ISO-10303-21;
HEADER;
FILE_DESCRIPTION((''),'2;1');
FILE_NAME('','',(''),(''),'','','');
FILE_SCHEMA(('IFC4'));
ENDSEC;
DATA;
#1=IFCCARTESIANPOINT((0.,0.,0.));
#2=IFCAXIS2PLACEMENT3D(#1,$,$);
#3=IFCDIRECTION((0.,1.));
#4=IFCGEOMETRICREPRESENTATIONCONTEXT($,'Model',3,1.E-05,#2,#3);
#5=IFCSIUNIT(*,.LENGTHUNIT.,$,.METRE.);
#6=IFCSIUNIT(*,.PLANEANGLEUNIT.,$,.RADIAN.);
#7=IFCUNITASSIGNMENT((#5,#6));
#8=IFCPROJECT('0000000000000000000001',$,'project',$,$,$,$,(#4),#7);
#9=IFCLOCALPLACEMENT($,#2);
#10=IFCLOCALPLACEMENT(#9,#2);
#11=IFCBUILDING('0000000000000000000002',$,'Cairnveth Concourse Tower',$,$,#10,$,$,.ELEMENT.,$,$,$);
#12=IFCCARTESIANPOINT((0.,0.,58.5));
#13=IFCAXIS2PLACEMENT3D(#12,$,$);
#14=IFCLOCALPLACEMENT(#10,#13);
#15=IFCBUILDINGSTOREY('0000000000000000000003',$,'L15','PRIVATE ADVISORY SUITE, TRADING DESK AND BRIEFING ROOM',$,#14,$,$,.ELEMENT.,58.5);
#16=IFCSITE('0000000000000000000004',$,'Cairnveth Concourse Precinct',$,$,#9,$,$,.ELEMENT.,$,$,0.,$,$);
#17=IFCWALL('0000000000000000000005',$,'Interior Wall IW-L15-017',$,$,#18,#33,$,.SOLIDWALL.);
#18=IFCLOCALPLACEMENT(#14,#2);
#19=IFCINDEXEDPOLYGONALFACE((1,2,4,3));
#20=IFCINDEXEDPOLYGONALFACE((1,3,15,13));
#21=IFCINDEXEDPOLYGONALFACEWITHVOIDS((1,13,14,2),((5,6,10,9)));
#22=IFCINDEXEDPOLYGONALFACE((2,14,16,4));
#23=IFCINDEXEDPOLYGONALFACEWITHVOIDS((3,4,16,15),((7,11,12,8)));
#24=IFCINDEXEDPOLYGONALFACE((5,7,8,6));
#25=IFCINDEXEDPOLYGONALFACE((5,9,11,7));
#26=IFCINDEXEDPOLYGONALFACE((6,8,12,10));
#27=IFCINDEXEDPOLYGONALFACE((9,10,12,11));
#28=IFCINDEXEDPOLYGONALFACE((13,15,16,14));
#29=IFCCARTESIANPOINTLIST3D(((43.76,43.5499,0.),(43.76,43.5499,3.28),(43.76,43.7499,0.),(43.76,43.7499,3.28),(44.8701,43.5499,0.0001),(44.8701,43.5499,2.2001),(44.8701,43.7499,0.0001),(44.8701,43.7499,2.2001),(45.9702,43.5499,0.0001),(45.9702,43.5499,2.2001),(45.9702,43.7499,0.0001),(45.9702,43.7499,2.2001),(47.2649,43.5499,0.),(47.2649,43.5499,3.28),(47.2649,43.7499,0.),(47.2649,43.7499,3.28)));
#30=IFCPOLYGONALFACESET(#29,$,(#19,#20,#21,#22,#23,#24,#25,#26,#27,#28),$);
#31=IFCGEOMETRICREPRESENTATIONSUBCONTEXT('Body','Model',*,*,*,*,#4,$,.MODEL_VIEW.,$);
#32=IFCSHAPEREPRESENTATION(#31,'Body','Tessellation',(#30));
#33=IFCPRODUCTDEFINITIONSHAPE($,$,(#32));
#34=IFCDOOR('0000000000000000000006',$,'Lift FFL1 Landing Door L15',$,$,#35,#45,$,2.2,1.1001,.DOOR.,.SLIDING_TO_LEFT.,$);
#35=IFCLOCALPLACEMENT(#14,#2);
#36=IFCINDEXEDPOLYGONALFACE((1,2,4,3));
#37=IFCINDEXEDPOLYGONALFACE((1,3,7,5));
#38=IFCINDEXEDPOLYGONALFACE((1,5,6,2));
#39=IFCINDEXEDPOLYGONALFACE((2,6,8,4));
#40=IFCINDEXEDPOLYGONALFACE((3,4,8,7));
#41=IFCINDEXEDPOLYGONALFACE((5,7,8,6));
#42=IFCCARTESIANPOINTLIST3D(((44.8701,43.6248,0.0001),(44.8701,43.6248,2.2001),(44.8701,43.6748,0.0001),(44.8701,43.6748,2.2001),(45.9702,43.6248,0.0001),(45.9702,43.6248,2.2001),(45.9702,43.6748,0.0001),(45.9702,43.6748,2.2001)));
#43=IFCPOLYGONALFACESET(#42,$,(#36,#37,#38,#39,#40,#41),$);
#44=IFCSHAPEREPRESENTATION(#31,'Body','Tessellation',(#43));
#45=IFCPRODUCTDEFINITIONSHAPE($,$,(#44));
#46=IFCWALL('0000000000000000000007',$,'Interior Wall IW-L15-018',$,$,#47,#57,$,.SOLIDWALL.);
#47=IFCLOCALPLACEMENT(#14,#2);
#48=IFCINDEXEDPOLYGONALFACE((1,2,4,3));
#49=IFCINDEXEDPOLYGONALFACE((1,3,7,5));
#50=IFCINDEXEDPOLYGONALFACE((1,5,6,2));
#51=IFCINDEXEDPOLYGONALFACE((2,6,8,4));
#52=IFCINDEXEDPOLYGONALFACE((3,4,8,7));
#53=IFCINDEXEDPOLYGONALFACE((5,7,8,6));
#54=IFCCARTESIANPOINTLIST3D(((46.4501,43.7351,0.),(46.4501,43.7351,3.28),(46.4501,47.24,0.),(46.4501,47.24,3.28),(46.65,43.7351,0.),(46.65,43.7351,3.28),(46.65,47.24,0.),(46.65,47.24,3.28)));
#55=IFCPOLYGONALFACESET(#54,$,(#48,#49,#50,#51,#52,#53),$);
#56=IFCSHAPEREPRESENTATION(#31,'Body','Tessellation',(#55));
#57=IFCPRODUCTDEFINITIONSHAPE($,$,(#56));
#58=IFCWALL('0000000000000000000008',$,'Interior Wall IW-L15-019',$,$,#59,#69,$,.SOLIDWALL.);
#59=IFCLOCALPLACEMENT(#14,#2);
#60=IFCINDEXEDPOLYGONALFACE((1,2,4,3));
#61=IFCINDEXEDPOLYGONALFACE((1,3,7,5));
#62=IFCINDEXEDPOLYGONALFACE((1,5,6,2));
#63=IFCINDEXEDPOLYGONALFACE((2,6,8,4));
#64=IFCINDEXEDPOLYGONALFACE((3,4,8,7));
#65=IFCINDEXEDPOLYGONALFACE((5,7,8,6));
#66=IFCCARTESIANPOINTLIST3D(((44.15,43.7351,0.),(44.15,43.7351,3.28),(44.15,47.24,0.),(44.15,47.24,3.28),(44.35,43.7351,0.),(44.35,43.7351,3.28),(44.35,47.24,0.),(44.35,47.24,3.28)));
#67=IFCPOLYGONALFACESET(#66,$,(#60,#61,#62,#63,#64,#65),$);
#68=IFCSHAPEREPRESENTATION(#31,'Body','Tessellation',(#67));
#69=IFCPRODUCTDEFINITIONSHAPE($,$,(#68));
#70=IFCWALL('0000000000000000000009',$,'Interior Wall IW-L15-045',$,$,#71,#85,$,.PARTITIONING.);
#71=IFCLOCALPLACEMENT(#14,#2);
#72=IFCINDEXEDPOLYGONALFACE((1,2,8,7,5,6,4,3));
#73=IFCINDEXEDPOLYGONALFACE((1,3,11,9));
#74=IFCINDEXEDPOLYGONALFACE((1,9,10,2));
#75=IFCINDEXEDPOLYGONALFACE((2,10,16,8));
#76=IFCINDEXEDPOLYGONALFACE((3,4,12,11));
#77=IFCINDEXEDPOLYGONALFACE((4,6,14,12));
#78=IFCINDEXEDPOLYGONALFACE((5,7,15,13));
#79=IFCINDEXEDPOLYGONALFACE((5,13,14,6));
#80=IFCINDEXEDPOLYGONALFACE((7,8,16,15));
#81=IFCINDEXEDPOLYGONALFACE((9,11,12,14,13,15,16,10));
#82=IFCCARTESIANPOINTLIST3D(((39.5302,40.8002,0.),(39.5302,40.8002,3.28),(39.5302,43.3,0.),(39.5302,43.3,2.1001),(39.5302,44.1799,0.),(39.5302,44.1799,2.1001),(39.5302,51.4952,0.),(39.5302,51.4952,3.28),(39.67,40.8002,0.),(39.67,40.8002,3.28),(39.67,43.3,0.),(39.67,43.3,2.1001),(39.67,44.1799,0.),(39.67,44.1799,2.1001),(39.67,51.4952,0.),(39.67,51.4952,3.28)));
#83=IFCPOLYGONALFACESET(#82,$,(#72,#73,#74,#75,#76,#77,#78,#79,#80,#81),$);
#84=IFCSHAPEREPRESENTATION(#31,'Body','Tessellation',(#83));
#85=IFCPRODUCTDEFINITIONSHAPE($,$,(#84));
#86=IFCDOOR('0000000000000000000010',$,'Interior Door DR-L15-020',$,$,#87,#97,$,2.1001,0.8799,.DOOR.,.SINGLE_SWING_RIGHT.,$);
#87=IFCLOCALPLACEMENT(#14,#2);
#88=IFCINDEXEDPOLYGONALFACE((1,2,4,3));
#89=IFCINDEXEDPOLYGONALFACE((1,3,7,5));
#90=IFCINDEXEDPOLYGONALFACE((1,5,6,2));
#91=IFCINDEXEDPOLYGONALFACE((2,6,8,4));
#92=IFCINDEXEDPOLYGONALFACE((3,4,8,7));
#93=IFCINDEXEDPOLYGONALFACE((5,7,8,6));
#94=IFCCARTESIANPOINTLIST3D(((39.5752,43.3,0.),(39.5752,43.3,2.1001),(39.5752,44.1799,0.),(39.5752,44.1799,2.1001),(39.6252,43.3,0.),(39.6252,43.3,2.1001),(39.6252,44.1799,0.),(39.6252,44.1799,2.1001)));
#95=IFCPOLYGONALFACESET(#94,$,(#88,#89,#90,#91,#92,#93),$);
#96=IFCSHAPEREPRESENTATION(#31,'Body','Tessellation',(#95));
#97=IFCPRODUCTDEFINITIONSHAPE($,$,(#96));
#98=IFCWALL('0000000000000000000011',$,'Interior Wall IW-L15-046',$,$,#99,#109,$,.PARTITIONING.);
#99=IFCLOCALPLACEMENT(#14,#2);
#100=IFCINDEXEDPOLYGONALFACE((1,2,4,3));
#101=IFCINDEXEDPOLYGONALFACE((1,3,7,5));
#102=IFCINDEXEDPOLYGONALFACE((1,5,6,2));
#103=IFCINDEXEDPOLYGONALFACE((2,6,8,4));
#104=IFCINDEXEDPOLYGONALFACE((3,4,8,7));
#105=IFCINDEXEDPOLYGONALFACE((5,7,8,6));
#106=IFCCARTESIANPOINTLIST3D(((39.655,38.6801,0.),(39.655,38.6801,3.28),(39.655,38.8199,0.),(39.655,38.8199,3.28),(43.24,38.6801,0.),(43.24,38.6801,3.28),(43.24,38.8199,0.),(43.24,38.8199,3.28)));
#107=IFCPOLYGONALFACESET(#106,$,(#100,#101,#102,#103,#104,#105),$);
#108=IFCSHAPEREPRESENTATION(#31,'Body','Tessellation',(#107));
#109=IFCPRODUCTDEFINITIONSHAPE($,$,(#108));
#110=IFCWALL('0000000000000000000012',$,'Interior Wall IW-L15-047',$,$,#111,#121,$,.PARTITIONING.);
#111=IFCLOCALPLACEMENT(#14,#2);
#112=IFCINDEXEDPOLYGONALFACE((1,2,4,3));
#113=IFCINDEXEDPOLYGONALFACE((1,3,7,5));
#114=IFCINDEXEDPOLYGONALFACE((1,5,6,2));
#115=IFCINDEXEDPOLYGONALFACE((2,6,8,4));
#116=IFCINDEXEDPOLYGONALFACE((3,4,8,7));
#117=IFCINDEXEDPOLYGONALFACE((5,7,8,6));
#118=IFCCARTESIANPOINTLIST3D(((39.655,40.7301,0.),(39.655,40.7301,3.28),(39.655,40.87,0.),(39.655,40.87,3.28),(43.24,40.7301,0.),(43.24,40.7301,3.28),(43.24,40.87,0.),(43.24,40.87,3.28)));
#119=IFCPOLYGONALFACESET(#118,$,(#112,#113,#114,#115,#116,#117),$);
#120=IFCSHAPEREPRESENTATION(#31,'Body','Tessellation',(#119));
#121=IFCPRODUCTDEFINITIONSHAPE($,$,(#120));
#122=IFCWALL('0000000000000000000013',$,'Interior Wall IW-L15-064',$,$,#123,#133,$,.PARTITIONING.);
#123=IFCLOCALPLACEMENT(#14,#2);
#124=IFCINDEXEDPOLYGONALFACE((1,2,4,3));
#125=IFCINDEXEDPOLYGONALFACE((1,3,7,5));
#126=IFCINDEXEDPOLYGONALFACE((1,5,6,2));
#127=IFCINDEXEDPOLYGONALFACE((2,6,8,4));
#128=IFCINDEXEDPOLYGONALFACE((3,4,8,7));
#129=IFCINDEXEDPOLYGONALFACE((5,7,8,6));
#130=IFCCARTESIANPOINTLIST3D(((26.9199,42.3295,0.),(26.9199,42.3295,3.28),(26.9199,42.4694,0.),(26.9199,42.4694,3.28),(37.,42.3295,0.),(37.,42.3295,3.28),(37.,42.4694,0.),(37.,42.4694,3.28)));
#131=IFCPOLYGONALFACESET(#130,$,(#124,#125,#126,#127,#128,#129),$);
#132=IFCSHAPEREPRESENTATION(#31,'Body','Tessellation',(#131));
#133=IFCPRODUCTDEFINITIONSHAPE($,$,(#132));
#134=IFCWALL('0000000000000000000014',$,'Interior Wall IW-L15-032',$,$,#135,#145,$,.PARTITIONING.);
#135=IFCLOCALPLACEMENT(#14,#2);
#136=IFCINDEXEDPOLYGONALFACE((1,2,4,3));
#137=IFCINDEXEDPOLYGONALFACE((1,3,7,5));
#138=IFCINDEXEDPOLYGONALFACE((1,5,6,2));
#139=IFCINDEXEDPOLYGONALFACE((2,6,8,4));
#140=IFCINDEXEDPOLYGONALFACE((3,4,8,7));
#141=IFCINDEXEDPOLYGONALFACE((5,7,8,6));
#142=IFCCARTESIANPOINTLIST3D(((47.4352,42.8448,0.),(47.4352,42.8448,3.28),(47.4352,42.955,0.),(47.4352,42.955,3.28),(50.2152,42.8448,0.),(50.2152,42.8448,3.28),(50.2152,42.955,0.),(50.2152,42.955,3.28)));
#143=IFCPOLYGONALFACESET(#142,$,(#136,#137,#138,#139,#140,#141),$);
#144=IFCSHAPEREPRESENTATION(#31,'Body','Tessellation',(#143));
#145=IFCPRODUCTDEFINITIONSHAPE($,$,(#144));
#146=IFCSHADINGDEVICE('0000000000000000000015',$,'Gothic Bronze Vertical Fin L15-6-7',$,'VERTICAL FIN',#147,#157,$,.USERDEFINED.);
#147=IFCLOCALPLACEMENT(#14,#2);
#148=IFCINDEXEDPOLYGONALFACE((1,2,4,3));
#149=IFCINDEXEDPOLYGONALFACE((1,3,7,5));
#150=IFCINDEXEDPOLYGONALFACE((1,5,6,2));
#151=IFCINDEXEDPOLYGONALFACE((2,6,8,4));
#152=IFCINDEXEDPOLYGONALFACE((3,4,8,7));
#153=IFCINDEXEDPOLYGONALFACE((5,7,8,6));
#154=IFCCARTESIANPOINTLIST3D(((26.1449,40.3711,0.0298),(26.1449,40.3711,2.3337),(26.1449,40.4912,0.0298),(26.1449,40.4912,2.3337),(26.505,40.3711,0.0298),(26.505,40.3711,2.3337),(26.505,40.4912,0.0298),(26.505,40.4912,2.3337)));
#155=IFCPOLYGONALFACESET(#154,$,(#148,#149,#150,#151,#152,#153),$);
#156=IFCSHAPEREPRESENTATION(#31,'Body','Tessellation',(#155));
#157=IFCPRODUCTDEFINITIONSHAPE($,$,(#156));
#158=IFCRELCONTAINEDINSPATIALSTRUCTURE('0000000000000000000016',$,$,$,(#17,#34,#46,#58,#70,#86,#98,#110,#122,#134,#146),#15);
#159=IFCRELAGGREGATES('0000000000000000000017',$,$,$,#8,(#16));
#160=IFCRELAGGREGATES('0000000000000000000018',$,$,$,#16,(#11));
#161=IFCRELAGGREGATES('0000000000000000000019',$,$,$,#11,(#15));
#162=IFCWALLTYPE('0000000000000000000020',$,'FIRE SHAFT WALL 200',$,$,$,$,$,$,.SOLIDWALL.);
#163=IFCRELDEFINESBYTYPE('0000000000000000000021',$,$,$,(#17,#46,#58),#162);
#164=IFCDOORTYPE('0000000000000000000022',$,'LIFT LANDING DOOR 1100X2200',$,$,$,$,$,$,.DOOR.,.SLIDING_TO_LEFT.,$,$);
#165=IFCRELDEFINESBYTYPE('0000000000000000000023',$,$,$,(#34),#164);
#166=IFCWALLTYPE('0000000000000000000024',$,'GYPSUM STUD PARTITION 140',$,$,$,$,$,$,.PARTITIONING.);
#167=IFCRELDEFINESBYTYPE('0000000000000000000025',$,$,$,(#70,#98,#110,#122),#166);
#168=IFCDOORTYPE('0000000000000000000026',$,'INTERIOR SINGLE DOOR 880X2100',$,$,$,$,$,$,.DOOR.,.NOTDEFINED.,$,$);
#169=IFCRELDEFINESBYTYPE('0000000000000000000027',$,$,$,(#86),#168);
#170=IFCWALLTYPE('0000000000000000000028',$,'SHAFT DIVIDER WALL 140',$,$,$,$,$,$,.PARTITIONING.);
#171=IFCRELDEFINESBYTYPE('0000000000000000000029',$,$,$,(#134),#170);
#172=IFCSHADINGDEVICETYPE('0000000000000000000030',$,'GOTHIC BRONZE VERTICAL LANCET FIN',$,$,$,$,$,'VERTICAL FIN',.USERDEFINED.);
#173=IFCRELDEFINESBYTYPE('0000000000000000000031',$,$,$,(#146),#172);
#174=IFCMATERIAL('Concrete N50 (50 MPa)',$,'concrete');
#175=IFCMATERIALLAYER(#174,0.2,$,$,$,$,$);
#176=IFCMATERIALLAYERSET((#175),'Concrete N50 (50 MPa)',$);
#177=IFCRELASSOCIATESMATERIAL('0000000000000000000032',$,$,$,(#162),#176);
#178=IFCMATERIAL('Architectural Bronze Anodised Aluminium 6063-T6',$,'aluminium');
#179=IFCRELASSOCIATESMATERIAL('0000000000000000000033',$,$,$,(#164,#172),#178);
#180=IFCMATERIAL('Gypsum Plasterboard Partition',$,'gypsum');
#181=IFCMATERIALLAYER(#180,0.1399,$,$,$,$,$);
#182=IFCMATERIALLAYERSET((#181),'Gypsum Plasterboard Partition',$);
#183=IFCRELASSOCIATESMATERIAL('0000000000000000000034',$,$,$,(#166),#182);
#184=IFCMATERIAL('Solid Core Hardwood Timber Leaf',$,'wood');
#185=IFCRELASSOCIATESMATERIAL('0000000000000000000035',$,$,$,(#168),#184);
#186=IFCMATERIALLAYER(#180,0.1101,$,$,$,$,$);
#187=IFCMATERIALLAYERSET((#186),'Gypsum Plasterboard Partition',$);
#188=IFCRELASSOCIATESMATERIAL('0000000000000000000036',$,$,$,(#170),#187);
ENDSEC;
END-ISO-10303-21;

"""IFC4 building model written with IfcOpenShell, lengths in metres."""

from ifc_helpers import new_model, si_unit, direction, frame, frame_2d, origin, origin_2d, place, context, subcontext, project, spatial, rectangle, extrude, material, layer, layer_set, type_object, element, fill, save


model = new_model("IFC4")

# Units and contexts
model_context = context("Model", 3, precision=1e-05, world=origin(), true_north=direction((0.0, 1.0)))
body_context = subcontext(model_context, "Body", "Model", "MODEL_VIEW")
ifc_project = project(units=[si_unit("LENGTHUNIT", "METRE"), si_unit("PLANEANGLEUNIT", "RADIAN")], contexts=[model_context])

# Site, building, storey
site_placement = place(None, origin())
site = spatial("IfcSite", under=ifc_project, at=site_placement, Name="Cairnveth Concourse Precinct", CompositionType="ELEMENT", RefElevation=0.0)
building_placement = place(site_placement, origin())
building = spatial("IfcBuilding", under=site, at=building_placement, Name="Cairnveth Concourse Tower", CompositionType="ELEMENT")
storey_placement = place(building_placement, frame((0.0, 0.0, 58.5)))
storey = spatial("IfcBuildingStorey", under=building, at=storey_placement, Name="L15", Description="PRIVATE ADVISORY SUITE, TRADING DESK AND BRIEFING ROOM", CompositionType="ELEMENT", Elevation=58.5)

# Shared definitions
ifc_material_1 = material(Name="Concrete N50 (50 MPa)", Category="concrete")

# Shared definitions
ifc_layer_1 = layer(ifc_material_1, 0.2)
ifc_layer_set_1 = layer_set([ifc_layer_1], Name="Concrete N50 (50 MPa)")
wall_type_1 = type_object("IfcWallType", Name="FIRE SHAFT WALL 200", PredefinedType="SOLIDWALL", material=ifc_layer_set_1)

# Wall, opening, door
wall_1_placement = place(storey_placement, frame((43.76, 43.6499, 0.0), z_axis=(0.0, 0.0, 1.0), x_axis=(1.0, 0.0, 0.0)))
wall_1 = element("IfcWall", 1, at=wall_1_placement, inside=storey, type_object=wall_type_1, Name="Interior Wall IW-L15-017", PredefinedType="SOLIDWALL", context=body_context, shape_type="SweptSolid", body=[
    extrude(rectangle(XDim=3.5049, YDim=0.2, at=frame_2d((1.7524, 0.0))), origin(), (0.0, 0.0, 1.0), 3.28),
])
opening_1_placement = place(wall_1_placement, frame((1.1101, 0.0, 0.0)))
opening_1 = element("IfcOpeningElement", 2, at=opening_1_placement, cuts=wall_1, PredefinedType="OPENING", context=body_context, shape_type="SweptSolid", body=[
    extrude(rectangle(XDim=1.1001, YDim=2.2, at=frame_2d((0.55, 1.1001))), frame((0.0, 0.1099, 0.0), z_axis=(0.0, -1.0, 0.0), x_axis=(1.0, 0.0, 0.0)), (0.0, 0.0, 1.0), 0.22),
])
ifc_material_2 = material(Name="Architectural Bronze Anodised Aluminium 6063-T6", Category="aluminium")
door_type_1 = type_object("IfcDoorType", Name="LIFT LANDING DOOR 1100X2200", OperationType="SLIDING_TO_LEFT", PredefinedType="DOOR", material=ifc_material_2)
door_1_placement = place(opening_1_placement, origin())
door_1 = element("IfcDoor", 3, at=door_1_placement, inside=storey, type_object=door_type_1, Name="Lift FFL1 Landing Door L15", OperationType="SLIDING_TO_LEFT", OverallHeight=2.2, OverallWidth=1.1001, PredefinedType="DOOR", context=body_context, shape_type="SweptSolid", body=[
    extrude(rectangle(XDim=1.1001, YDim=2.2, at=frame_2d((0.55, 1.1001))), frame((0.0, 0.0249, 0.0), z_axis=(0.0, -1.0, 0.0), x_axis=(1.0, 0.0, 0.0)), (0.0, 0.0, 1.0), 0.05),
])
fill(opening_1, door_1)

# Walls
for number, where, z_axis, x_axis, name in (
    (4, (46.55, 43.7351, 0.0), (0.0, 0.0, 1.0), (0.0, 1.0, 0.0), "Interior Wall IW-L15-018"),
    (5, (44.25, 43.7351, 0.0), (0.0, 0.0, 1.0), (0.0, 1.0, 0.0), "Interior Wall IW-L15-019"),
):
    element("IfcWall", number, at=place(storey_placement, frame(where, z_axis=z_axis, x_axis=x_axis)), inside=storey, type_object=wall_type_1, Name=name, PredefinedType="SOLIDWALL", context=body_context, shape_type="SweptSolid", body=[
        extrude(rectangle(XDim=3.5049, YDim=0.2, at=frame_2d((1.7524, 0.0))), origin(), (0.0, 0.0, 1.0), 3.28),
    ])

# Wall, opening, door
ifc_material_3 = material(Name="Gypsum Plasterboard Partition", Category="gypsum")
ifc_layer_2 = layer(ifc_material_3, 0.1399)
ifc_layer_set_2 = layer_set([ifc_layer_2], Name="Gypsum Plasterboard Partition")
wall_type_2 = type_object("IfcWallType", Name="GYPSUM STUD PARTITION 140", PredefinedType="PARTITIONING", material=ifc_layer_set_2)
wall_2_placement = place(storey_placement, frame((39.6001, 40.8, 0.0), z_axis=(0.0, 0.0, 1.0), x_axis=(0.0, 1.0, 0.0)))
wall_2 = element("IfcWall", 6, at=wall_2_placement, inside=storey, type_object=wall_type_2, Name="Interior Wall IW-L15-045", PredefinedType="PARTITIONING", context=body_context, shape_type="SweptSolid", body=[
    extrude(rectangle(XDim=10.6951, YDim=0.1399, at=frame_2d((5.3477, 0.0))), origin(), (0.0, 0.0, 1.0), 3.28),
])
opening_2_placement = place(wall_2_placement, frame((2.5, 0.0, 0.0)))
opening_2 = element("IfcOpeningElement", 7, at=opening_2_placement, cuts=wall_2, PredefinedType="OPENING", context=body_context, shape_type="SweptSolid", body=[
    extrude(rectangle(XDim=0.8799, YDim=2.1001, at=frame_2d((0.4399, 1.05))), frame((0.0, 0.0798, 0.0), z_axis=(0.0, -1.0, 0.0), x_axis=(1.0, 0.0, 0.0)), (0.0, 0.0, 1.0), 0.1599),
])
ifc_material_4 = material(Name="Solid Core Hardwood Timber Leaf", Category="wood")
door_type_2 = type_object("IfcDoorType", Name="INTERIOR SINGLE DOOR 880X2100", OperationType="NOTDEFINED", PredefinedType="DOOR", material=ifc_material_4)
door_2_placement = place(opening_2_placement, origin())
door_2 = element("IfcDoor", 8, at=door_2_placement, inside=storey, type_object=door_type_2, Name="Interior Door DR-L15-020", OperationType="SINGLE_SWING_RIGHT", OverallHeight=2.1001, OverallWidth=0.8799, PredefinedType="DOOR", context=body_context, shape_type="SweptSolid", body=[
    extrude(rectangle(XDim=0.8799, YDim=2.1001, at=frame_2d((0.4399, 1.05))), frame((0.0, 0.0249, 0.0), z_axis=(0.0, -1.0, 0.0), x_axis=(1.0, 0.0, 0.0)), (0.0, 0.0, 1.0), 0.05),
])
fill(opening_2, door_2)

# Walls
for number, where, z_axis, x_axis, name in (
    (9, (39.655, 38.75, 0.0), (0.0, 0.0, 1.0), (1.0, 0.0, 0.0), "Interior Wall IW-L15-046"),
    (10, (39.655, 40.8, 0.0), (0.0, 0.0, 1.0), (1.0, 0.0, 0.0), "Interior Wall IW-L15-047"),
):
    element("IfcWall", number, at=place(storey_placement, frame(where, z_axis=z_axis, x_axis=x_axis)), inside=storey, type_object=wall_type_2, Name=name, PredefinedType="PARTITIONING", context=body_context, shape_type="SweptSolid", body=[
        extrude(rectangle(XDim=3.585, YDim=0.1399, at=frame_2d((1.7925, 0.0))), origin(), (0.0, 0.0, 1.0), 3.28),
    ])
wall_3_placement = place(storey_placement, frame((26.9199, 42.3994, 0.0), z_axis=(0.0, 0.0, 1.0), x_axis=(1.0, 0.0, 0.0)))
element("IfcWall", 11, at=wall_3_placement, inside=storey, type_object=wall_type_2, Name="Interior Wall IW-L15-064", PredefinedType="PARTITIONING", context=body_context, shape_type="SweptSolid", body=[
    extrude(rectangle(XDim=10.0801, YDim=0.1399, at=frame_2d((5.04, 0.0))), origin(), (0.0, 0.0, 1.0), 3.28),
])
ifc_layer_3 = layer(ifc_material_3, 0.1101)
ifc_layer_set_3 = layer_set([ifc_layer_3], Name="Gypsum Plasterboard Partition")
wall_type_3 = type_object("IfcWallType", Name="SHAFT DIVIDER WALL 140", PredefinedType="PARTITIONING", material=ifc_layer_set_3)
wall_4_placement = place(storey_placement, frame((47.4351, 42.8999, 0.0), z_axis=(0.0, 0.0, 1.0), x_axis=(1.0, 0.0, 0.0)))
element("IfcWall", 12, at=wall_4_placement, inside=storey, type_object=wall_type_3, Name="Interior Wall IW-L15-032", PredefinedType="PARTITIONING", context=body_context, shape_type="SweptSolid", body=[
    extrude(rectangle(XDim=2.78, YDim=0.1101, at=frame_2d((1.3901, 0.0))), origin(), (0.0, 0.0, 1.0), 3.28),
])

# Shading device
shading_device_type = type_object("IfcShadingDeviceType", Name="GOTHIC BRONZE VERTICAL LANCET FIN", ElementType="VERTICAL FIN", PredefinedType="USERDEFINED", material=ifc_material_2)
shading_device_placement = place(storey_placement, frame((26.325, 40.4312, 0.0298), z_axis=(0.0, 0.0, 1.0), x_axis=(0.0, 1.0, 0.0)))
element("IfcShadingDevice", 13, at=shading_device_placement, inside=storey, type_object=shading_device_type, Name="Gothic Bronze Vertical Fin L15-6-7", ObjectType="VERTICAL FIN", PredefinedType="USERDEFINED", context=body_context, shape_type="SweptSolid", body=[
    extrude(rectangle(XDim=0.1201, YDim=0.3601, at=origin_2d()), origin(), (0.0, 0.0, 1.0), 2.304),
])

save(model, "model.ifc")
